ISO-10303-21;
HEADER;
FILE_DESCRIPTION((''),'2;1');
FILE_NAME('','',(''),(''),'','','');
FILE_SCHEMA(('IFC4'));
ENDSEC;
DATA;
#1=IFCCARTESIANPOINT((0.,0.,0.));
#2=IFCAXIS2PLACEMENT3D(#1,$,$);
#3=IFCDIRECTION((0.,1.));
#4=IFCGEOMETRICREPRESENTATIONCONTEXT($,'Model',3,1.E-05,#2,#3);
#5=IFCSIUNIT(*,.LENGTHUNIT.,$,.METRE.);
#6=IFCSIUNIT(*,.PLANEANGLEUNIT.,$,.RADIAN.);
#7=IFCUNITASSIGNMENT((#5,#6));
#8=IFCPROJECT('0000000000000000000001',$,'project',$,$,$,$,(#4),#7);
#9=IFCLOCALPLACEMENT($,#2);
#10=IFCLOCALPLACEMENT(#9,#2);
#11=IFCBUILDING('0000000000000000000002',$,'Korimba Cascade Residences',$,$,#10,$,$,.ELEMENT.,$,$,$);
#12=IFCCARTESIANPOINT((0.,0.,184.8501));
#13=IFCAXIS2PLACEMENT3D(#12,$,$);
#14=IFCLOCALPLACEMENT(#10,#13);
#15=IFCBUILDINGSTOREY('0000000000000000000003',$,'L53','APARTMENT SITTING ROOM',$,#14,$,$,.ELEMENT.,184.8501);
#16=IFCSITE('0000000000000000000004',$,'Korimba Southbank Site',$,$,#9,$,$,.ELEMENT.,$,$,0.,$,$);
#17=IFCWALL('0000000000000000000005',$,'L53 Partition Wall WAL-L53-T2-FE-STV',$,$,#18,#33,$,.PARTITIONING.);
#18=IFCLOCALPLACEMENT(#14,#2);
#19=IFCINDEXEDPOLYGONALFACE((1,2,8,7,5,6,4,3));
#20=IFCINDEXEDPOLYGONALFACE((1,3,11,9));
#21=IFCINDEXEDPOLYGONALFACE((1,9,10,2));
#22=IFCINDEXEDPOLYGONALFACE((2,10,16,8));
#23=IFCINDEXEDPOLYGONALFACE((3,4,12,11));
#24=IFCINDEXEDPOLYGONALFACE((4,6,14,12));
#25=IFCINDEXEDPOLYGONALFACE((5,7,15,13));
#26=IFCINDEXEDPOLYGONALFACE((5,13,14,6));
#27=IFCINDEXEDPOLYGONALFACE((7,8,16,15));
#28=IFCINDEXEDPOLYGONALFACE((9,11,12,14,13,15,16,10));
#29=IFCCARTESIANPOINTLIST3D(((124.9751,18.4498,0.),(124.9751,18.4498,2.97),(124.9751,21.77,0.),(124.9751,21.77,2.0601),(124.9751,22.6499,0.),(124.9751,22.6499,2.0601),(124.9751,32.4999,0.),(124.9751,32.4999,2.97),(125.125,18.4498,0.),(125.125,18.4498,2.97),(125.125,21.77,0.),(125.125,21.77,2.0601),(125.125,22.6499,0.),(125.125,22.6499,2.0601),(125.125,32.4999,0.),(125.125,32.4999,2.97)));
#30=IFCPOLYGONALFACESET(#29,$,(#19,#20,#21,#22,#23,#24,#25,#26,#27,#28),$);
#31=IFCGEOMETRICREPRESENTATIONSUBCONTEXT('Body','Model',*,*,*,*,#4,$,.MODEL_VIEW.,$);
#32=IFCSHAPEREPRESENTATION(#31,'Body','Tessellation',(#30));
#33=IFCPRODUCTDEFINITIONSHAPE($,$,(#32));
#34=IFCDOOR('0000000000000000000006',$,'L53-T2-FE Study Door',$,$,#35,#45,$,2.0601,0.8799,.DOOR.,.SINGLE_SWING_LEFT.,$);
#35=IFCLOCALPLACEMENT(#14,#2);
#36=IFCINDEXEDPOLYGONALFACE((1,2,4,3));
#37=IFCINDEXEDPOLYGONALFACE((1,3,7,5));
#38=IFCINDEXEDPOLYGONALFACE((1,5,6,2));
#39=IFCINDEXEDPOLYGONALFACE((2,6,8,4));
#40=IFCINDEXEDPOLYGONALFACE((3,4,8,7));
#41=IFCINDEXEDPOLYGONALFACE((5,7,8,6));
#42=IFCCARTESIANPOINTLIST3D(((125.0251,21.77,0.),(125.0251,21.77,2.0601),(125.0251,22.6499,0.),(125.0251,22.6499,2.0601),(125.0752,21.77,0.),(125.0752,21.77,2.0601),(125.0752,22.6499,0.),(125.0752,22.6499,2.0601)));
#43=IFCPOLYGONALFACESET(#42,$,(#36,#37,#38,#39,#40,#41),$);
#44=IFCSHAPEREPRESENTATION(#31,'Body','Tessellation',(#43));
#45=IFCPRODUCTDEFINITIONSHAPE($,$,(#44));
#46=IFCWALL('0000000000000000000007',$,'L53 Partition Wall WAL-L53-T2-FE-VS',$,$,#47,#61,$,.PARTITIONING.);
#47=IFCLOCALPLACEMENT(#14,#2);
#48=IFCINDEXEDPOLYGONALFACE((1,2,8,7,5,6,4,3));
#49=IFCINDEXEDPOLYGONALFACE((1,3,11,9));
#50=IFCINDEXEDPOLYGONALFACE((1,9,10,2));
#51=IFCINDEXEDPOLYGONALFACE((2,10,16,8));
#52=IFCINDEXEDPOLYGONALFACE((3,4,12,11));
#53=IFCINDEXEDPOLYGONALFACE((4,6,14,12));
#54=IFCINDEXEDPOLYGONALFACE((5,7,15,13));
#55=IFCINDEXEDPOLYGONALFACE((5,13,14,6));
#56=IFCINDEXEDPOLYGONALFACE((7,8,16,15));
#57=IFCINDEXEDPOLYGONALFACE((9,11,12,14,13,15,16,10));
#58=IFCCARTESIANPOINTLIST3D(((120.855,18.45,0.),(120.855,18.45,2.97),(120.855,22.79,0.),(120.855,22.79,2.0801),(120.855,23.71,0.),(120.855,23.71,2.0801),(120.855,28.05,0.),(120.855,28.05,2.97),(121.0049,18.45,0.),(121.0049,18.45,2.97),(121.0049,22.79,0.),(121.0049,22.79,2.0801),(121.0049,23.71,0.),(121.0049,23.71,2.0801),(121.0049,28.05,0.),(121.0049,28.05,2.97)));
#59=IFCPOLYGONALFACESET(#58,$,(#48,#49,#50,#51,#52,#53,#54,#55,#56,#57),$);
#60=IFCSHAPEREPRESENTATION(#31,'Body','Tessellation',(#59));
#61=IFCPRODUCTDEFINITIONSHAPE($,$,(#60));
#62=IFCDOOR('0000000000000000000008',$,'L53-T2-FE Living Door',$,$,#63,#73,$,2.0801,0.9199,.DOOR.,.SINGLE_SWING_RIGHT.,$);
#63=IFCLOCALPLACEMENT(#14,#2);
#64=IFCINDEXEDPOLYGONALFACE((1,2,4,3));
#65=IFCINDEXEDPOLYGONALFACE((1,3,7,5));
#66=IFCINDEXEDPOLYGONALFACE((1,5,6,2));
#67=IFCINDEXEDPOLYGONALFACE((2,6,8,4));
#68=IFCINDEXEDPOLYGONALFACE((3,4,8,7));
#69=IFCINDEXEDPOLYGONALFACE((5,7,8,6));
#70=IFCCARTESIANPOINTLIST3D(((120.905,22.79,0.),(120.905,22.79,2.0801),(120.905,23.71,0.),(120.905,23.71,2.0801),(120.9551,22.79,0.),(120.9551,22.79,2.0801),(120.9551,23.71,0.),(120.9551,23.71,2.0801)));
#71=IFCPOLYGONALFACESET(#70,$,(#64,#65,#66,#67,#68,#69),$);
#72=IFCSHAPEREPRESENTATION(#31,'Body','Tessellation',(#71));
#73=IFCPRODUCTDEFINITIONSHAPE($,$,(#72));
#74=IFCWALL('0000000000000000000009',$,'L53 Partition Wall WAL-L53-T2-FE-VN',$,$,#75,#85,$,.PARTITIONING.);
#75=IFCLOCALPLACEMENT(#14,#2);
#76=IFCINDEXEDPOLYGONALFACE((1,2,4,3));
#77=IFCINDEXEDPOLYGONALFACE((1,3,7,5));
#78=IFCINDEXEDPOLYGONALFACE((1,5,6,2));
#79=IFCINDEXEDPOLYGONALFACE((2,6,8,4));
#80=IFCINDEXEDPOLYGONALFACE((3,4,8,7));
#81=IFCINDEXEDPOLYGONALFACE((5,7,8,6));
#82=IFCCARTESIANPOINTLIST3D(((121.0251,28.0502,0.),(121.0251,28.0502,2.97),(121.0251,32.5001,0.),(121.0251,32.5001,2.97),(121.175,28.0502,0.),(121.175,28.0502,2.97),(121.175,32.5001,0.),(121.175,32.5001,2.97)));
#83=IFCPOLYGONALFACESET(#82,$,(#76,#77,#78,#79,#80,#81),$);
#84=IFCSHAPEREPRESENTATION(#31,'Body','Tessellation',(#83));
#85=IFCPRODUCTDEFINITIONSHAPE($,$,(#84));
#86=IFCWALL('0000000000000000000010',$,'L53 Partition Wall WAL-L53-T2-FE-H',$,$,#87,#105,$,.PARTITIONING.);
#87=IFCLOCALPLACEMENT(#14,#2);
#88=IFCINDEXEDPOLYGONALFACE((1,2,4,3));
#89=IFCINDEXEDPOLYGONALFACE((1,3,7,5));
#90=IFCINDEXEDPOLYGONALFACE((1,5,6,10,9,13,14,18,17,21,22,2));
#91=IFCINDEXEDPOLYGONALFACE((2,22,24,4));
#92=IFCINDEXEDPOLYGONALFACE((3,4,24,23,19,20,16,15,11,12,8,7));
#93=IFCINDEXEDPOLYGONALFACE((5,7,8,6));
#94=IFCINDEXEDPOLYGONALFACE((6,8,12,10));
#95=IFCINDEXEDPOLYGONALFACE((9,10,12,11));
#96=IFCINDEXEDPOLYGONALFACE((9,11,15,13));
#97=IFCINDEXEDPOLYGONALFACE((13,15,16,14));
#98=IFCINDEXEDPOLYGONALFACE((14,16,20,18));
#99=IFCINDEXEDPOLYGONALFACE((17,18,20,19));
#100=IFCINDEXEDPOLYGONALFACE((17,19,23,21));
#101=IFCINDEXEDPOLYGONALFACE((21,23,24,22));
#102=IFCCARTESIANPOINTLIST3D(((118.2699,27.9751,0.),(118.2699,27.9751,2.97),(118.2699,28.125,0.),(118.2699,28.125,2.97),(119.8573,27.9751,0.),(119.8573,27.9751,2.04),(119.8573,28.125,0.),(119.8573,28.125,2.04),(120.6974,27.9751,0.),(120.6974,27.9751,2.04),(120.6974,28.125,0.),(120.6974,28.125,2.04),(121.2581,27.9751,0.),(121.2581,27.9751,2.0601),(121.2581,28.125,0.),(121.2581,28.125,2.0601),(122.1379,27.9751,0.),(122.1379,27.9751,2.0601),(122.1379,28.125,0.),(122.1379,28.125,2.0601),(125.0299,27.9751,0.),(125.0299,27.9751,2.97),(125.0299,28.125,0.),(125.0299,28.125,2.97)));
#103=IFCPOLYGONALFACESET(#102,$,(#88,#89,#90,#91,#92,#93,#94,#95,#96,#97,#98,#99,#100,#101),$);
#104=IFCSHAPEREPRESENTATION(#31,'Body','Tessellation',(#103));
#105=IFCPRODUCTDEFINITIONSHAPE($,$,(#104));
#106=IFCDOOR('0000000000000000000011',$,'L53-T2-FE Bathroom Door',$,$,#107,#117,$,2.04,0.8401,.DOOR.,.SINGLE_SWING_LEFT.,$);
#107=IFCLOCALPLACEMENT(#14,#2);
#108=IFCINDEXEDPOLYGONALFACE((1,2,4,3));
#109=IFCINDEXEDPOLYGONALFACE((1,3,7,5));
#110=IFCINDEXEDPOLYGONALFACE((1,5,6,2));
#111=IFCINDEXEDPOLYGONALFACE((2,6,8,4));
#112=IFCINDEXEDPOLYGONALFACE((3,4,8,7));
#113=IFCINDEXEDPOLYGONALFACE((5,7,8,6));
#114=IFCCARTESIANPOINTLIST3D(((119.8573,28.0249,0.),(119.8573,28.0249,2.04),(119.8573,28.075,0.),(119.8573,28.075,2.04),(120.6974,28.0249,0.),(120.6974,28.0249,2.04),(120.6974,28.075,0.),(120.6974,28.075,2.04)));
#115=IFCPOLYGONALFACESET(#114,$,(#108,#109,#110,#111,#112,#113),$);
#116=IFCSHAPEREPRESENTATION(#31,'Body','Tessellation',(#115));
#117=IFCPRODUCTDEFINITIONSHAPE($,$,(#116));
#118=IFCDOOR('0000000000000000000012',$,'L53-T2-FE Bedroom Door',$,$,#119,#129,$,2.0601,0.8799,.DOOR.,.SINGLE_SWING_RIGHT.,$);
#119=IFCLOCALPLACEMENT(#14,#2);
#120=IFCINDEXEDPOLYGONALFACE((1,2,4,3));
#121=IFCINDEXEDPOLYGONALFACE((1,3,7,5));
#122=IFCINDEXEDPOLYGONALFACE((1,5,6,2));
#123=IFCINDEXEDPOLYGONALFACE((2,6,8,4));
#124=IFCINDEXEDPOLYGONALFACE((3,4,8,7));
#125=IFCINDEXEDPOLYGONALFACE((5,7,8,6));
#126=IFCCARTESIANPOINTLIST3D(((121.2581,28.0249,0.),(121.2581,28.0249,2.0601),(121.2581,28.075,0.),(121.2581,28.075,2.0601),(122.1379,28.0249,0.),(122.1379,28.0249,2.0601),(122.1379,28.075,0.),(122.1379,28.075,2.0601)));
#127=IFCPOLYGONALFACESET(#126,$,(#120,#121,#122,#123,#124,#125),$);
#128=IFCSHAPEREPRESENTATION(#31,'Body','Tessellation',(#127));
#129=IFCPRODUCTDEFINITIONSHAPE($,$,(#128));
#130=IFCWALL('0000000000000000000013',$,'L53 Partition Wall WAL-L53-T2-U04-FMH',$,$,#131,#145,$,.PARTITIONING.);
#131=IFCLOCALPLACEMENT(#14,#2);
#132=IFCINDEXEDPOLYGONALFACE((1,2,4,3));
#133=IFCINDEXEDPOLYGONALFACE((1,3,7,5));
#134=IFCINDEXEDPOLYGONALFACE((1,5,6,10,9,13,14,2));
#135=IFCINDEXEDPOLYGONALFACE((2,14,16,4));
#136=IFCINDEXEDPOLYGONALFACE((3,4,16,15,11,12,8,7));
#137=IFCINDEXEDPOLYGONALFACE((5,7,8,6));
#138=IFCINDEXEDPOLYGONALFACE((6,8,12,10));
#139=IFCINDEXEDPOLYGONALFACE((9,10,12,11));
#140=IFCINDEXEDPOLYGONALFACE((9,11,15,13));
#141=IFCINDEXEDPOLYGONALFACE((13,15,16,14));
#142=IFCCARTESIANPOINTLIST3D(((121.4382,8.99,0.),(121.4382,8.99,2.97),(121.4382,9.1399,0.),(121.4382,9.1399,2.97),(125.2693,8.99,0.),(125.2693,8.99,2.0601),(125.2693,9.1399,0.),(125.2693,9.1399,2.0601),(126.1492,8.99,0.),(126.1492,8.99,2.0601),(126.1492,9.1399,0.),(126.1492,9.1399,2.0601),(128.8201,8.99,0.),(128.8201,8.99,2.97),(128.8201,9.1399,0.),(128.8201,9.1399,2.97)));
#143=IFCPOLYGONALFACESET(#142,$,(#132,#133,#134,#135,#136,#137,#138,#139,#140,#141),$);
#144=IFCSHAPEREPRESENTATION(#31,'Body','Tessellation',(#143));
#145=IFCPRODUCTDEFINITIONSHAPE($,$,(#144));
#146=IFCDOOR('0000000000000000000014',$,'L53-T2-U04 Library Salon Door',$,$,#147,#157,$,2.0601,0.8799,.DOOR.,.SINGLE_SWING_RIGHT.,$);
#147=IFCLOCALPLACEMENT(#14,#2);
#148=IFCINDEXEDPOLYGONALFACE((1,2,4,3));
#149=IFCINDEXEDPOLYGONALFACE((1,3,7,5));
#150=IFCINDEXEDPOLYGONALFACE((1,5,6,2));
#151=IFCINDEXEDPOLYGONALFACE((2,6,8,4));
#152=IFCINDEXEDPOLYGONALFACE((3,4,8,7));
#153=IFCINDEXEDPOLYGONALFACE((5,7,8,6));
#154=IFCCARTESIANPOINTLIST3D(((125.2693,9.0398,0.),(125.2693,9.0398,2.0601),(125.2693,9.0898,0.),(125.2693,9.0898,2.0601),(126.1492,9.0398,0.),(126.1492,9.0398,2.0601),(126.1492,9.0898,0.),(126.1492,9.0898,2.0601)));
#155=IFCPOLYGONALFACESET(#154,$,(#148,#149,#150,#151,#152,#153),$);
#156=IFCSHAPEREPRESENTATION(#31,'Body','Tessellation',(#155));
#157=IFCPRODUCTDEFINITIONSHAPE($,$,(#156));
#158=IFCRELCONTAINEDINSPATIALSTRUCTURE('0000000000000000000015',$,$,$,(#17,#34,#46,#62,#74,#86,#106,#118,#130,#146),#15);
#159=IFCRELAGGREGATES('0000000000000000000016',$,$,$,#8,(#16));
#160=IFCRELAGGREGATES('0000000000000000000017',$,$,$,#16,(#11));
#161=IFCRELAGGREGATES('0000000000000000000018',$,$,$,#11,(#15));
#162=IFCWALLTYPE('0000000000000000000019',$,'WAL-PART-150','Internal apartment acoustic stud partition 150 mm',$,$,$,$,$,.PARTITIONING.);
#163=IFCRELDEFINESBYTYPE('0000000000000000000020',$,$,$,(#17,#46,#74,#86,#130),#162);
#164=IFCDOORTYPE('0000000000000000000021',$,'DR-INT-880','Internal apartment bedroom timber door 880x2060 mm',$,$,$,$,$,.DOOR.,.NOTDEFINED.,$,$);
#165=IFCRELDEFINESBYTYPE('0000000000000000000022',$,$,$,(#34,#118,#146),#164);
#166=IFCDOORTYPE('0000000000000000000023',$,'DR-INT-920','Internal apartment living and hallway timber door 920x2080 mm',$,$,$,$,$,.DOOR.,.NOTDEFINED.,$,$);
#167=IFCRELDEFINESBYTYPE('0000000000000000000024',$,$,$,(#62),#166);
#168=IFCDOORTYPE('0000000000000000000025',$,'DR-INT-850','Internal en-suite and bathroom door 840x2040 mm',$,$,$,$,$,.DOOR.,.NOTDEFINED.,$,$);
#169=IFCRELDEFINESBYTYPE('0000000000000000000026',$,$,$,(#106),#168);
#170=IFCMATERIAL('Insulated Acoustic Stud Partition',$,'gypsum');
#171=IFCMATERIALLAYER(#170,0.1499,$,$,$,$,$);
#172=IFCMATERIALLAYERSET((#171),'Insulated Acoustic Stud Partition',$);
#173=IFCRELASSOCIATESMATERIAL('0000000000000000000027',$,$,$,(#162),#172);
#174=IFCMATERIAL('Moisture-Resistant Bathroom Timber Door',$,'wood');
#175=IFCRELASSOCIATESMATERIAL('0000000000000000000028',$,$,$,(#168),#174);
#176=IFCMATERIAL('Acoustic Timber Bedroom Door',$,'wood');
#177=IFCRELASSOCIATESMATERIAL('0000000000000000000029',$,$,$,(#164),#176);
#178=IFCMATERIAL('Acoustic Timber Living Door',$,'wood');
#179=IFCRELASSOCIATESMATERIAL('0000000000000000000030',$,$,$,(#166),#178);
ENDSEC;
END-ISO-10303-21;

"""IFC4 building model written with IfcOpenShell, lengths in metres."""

from ifc_helpers import new_model, si_unit, direction, frame, frame_2d, origin, place, context, subcontext, project, spatial, rectangle, extrude, material, layer, layer_set, type_object, element, fill, save


model = new_model("IFC4")

# Units and contexts
model_context = context("Model", 3, precision=1e-05, world=origin(), true_north=direction((0.0, 1.0)))
body_context = subcontext(model_context, "Body", "Model", "MODEL_VIEW")
ifc_project = project(units=[si_unit("LENGTHUNIT", "METRE"), si_unit("PLANEANGLEUNIT", "RADIAN")], contexts=[model_context])

# Site, building, storey
site_placement = place(None, origin())
site = spatial("IfcSite", under=ifc_project, at=site_placement, Name="Korimba Southbank Site", CompositionType="ELEMENT", RefElevation=0.0)
building_placement = place(site_placement, origin())
building = spatial("IfcBuilding", under=site, at=building_placement, Name="Korimba Cascade Residences", CompositionType="ELEMENT")
storey_placement = place(building_placement, frame((0.0, 0.0, 184.8501)))
storey = spatial("IfcBuildingStorey", under=building, at=storey_placement, Name="L53", Description="APARTMENT SITTING ROOM", CompositionType="ELEMENT", Elevation=184.8501)

# Walls, openings, doors
ifc_material_1 = material(Name="Insulated Acoustic Stud Partition", Category="gypsum")
ifc_layer_1 = layer(ifc_material_1, 0.1499)
ifc_layer_set_1 = layer_set([ifc_layer_1], Name="Insulated Acoustic Stud Partition")
wall_type_1 = type_object("IfcWallType", Name="WAL-PART-150", Description="Internal apartment acoustic stud partition 150 mm", PredefinedType="PARTITIONING", material=ifc_layer_set_1)
ifc_material_2 = material(Name="Moisture-Resistant Bathroom Timber Door", Category="wood")
door_type_1 = type_object("IfcDoorType", Name="DR-INT-850", Description="Internal en-suite and bathroom door 840x2040 mm", OperationType="NOTDEFINED", PredefinedType="DOOR", material=ifc_material_2)
wall_1_placement = place(storey_placement, frame((125.05, 18.45, 0.0), z_axis=(0.0, 0.0, 1.0), x_axis=(0.0, 1.0, 0.0)))
wall_1 = element("IfcWall", 1, at=wall_1_placement, inside=storey, type_object=wall_type_1, Name="L53 Partition Wall WAL-L53-T2-FE-STV", PredefinedType="PARTITIONING", context=body_context, shape_type="SweptSolid", body=[
    extrude(rectangle(XDim=14.05, YDim=0.1499, at=frame_2d((7.0249, 0.0))), origin(), (0.0, 0.0, 1.0), 2.97),
])
opening_1_placement = place(wall_1_placement, frame((3.3201, 0.0, 0.0)))
opening_1 = element("IfcOpeningElement", 2, at=opening_1_placement, cuts=wall_1, PredefinedType="OPENING", context=body_context, shape_type="SweptSolid", body=[
    extrude(rectangle(XDim=0.8799, YDim=2.0601, at=frame_2d((0.4399, 1.03))), frame((0.0, 0.085, 0.0), z_axis=(0.0, -1.0, 0.0), x_axis=(1.0, 0.0, 0.0)), (0.0, 0.0, 1.0), 0.1699),
])
ifc_material_3 = material(Name="Acoustic Timber Bedroom Door", Category="wood")
door_type_2 = type_object("IfcDoorType", Name="DR-INT-880", Description="Internal apartment bedroom timber door 880x2060 mm", OperationType="NOTDEFINED", PredefinedType="DOOR", material=ifc_material_3)
door_1_placement = place(opening_1_placement, origin())
door_1 = element("IfcDoor", 3, at=door_1_placement, inside=storey, type_object=door_type_2, Name="L53-T2-FE Study Door", OperationType="SINGLE_SWING_LEFT", OverallHeight=2.0601, OverallWidth=0.8799, PredefinedType="DOOR", context=body_context, shape_type="SweptSolid", body=[
    extrude(rectangle(XDim=0.8799, YDim=2.0601, at=frame_2d((0.4399, 1.03))), frame((0.0, 0.0249, 0.0), z_axis=(0.0, -1.0, 0.0), x_axis=(1.0, 0.0, 0.0)), (0.0, 0.0, 1.0), 0.05),
])
fill(opening_1, door_1)
wall_2_placement = place(storey_placement, frame((120.9299, 18.45, 0.0), z_axis=(0.0, 0.0, 1.0), x_axis=(0.0, 1.0, 0.0)))
wall_2 = element("IfcWall", 4, at=wall_2_placement, inside=storey, type_object=wall_type_1, Name="L53 Partition Wall WAL-L53-T2-FE-VS", PredefinedType="PARTITIONING", context=body_context, shape_type="SweptSolid", body=[
    extrude(rectangle(XDim=9.6001, YDim=0.1499, at=frame_2d((4.8, 0.0))), origin(), (0.0, 0.0, 1.0), 2.97),
])
opening_2_placement = place(wall_2_placement, frame((4.3401, 0.0, 0.0)))
opening_2 = element("IfcOpeningElement", 5, at=opening_2_placement, cuts=wall_2, PredefinedType="OPENING", context=body_context, shape_type="SweptSolid", body=[
    extrude(rectangle(XDim=0.9199, YDim=2.0801, at=frame_2d((0.46, 1.04))), frame((0.0, 0.085, 0.0), z_axis=(0.0, -1.0, 0.0), x_axis=(1.0, 0.0, 0.0)), (0.0, 0.0, 1.0), 0.1699),
])
ifc_material_4 = material(Name="Acoustic Timber Living Door", Category="wood")
door_type_3 = type_object("IfcDoorType", Name="DR-INT-920", Description="Internal apartment living and hallway timber door 920x2080 mm", OperationType="NOTDEFINED", PredefinedType="DOOR", material=ifc_material_4)
door_2_placement = place(opening_2_placement, origin())
door_2 = element("IfcDoor", 6, at=door_2_placement, inside=storey, type_object=door_type_3, Name="L53-T2-FE Living Door", OperationType="SINGLE_SWING_RIGHT", OverallHeight=2.0801, OverallWidth=0.9199, PredefinedType="DOOR", context=body_context, shape_type="SweptSolid", body=[
    extrude(rectangle(XDim=0.9199, YDim=2.0801, at=frame_2d((0.46, 1.04))), frame((0.0, 0.0249, 0.0), z_axis=(0.0, -1.0, 0.0), x_axis=(1.0, 0.0, 0.0)), (0.0, 0.0, 1.0), 0.05),
])
fill(opening_2, door_2)

# Wall
wall_3_placement = place(storey_placement, frame((121.1001, 28.05, 0.0), z_axis=(0.0, 0.0, 1.0), x_axis=(0.0, 1.0, 0.0)))
element("IfcWall", 7, at=wall_3_placement, inside=storey, type_object=wall_type_1, Name="L53 Partition Wall WAL-L53-T2-FE-VN", PredefinedType="PARTITIONING", context=body_context, shape_type="SweptSolid", body=[
    extrude(rectangle(XDim=4.45, YDim=0.1499, at=frame_2d((2.2251, 0.0))), origin(), (0.0, 0.0, 1.0), 2.97),
])

# Wall, openings, doors
wall_4_placement = place(storey_placement, frame((118.27, 28.05, 0.0), z_axis=(0.0, 0.0, 1.0), x_axis=(1.0, 0.0, 0.0)))
wall_4 = element("IfcWall", 8, at=wall_4_placement, inside=storey, type_object=wall_type_1, Name="L53 Partition Wall WAL-L53-T2-FE-H", PredefinedType="PARTITIONING", context=body_context, shape_type="SweptSolid", body=[
    extrude(rectangle(XDim=6.76, YDim=0.1499, at=frame_2d((3.3799, 0.0))), origin(), (0.0, 0.0, 1.0), 2.97),
])
opening_3_placement = place(wall_4_placement, frame((1.5874, 0.0, 0.0)))
opening_3 = element("IfcOpeningElement", 9, at=opening_3_placement, cuts=wall_4, PredefinedType="OPENING", context=body_context, shape_type="SweptSolid", body=[
    extrude(rectangle(XDim=0.8401, YDim=2.04, at=frame_2d((0.4199, 1.02))), frame((0.0, 0.085, 0.0), z_axis=(0.0, -1.0, 0.0), x_axis=(1.0, 0.0, 0.0)), (0.0, 0.0, 1.0), 0.1699),
])
opening_4_placement = place(wall_4_placement, frame((2.988, 0.0, 0.0)))
opening_4 = element("IfcOpeningElement", 10, at=opening_4_placement, cuts=wall_4, PredefinedType="OPENING", context=body_context, shape_type="SweptSolid", body=[
    extrude(rectangle(XDim=0.8799, YDim=2.0601, at=frame_2d((0.4399, 1.03))), frame((0.0, 0.085, 0.0), z_axis=(0.0, -1.0, 0.0), x_axis=(1.0, 0.0, 0.0)), (0.0, 0.0, 1.0), 0.1699),
])
door_3_placement = place(opening_3_placement, origin())
door_3 = element("IfcDoor", 11, at=door_3_placement, inside=storey, type_object=door_type_1, Name="L53-T2-FE Bathroom Door", OperationType="SINGLE_SWING_LEFT", OverallHeight=2.04, OverallWidth=0.8401, PredefinedType="DOOR", context=body_context, shape_type="SweptSolid", body=[
    extrude(rectangle(XDim=0.8401, YDim=2.04, at=frame_2d((0.4199, 1.02))), frame((0.0, 0.0249, 0.0), z_axis=(0.0, -1.0, 0.0), x_axis=(1.0, 0.0, 0.0)), (0.0, 0.0, 1.0), 0.05),
])
fill(opening_3, door_3)
door_4_placement = place(opening_4_placement, origin())
door_4 = element("IfcDoor", 12, at=door_4_placement, inside=storey, type_object=door_type_2, Name="L53-T2-FE Bedroom Door", OperationType="SINGLE_SWING_RIGHT", OverallHeight=2.0601, OverallWidth=0.8799, PredefinedType="DOOR", context=body_context, shape_type="SweptSolid", body=[
    extrude(rectangle(XDim=0.8799, YDim=2.0601, at=frame_2d((0.4399, 1.03))), frame((0.0, 0.0249, 0.0), z_axis=(0.0, -1.0, 0.0), x_axis=(1.0, 0.0, 0.0)), (0.0, 0.0, 1.0), 0.05),
])
fill(opening_4, door_4)

# Wall, opening, door
wall_5_placement = place(storey_placement, frame((121.4382, 9.0649, 0.0), z_axis=(0.0, 0.0, 1.0), x_axis=(1.0, 0.0, 0.0)))
wall_5 = element("IfcWall", 13, at=wall_5_placement, inside=storey, type_object=wall_type_1, Name="L53 Partition Wall WAL-L53-T2-U04-FMH", PredefinedType="PARTITIONING", context=body_context, shape_type="SweptSolid", body=[
    extrude(rectangle(XDim=7.3818, YDim=0.1499, at=frame_2d((3.6909, 0.0))), origin(), (0.0, 0.0, 1.0), 2.97),
])
opening_5_placement = place(wall_5_placement, frame((3.8311, 0.0, 0.0)))
opening_5 = element("IfcOpeningElement", 14, at=opening_5_placement, cuts=wall_5, PredefinedType="OPENING", context=body_context, shape_type="SweptSolid", body=[
    extrude(rectangle(XDim=0.8799, YDim=2.0601, at=frame_2d((0.4399, 1.03))), frame((0.0, 0.085, 0.0), z_axis=(0.0, -1.0, 0.0), x_axis=(1.0, 0.0, 0.0)), (0.0, 0.0, 1.0), 0.1699),
])
door_5_placement = place(opening_5_placement, origin())
door_5 = element("IfcDoor", 15, at=door_5_placement, inside=storey, type_object=door_type_2, Name="L53-T2-U04 Library Salon Door", OperationType="SINGLE_SWING_RIGHT", OverallHeight=2.0601, OverallWidth=0.8799, PredefinedType="DOOR", context=body_context, shape_type="SweptSolid", body=[
    extrude(rectangle(XDim=0.8799, YDim=2.0601, at=frame_2d((0.4399, 1.03))), frame((0.0, 0.0249, 0.0), z_axis=(0.0, -1.0, 0.0), x_axis=(1.0, 0.0, 0.0)), (0.0, 0.0, 1.0), 0.05),
])
fill(opening_5, door_5)

save(model, "model.ifc")
